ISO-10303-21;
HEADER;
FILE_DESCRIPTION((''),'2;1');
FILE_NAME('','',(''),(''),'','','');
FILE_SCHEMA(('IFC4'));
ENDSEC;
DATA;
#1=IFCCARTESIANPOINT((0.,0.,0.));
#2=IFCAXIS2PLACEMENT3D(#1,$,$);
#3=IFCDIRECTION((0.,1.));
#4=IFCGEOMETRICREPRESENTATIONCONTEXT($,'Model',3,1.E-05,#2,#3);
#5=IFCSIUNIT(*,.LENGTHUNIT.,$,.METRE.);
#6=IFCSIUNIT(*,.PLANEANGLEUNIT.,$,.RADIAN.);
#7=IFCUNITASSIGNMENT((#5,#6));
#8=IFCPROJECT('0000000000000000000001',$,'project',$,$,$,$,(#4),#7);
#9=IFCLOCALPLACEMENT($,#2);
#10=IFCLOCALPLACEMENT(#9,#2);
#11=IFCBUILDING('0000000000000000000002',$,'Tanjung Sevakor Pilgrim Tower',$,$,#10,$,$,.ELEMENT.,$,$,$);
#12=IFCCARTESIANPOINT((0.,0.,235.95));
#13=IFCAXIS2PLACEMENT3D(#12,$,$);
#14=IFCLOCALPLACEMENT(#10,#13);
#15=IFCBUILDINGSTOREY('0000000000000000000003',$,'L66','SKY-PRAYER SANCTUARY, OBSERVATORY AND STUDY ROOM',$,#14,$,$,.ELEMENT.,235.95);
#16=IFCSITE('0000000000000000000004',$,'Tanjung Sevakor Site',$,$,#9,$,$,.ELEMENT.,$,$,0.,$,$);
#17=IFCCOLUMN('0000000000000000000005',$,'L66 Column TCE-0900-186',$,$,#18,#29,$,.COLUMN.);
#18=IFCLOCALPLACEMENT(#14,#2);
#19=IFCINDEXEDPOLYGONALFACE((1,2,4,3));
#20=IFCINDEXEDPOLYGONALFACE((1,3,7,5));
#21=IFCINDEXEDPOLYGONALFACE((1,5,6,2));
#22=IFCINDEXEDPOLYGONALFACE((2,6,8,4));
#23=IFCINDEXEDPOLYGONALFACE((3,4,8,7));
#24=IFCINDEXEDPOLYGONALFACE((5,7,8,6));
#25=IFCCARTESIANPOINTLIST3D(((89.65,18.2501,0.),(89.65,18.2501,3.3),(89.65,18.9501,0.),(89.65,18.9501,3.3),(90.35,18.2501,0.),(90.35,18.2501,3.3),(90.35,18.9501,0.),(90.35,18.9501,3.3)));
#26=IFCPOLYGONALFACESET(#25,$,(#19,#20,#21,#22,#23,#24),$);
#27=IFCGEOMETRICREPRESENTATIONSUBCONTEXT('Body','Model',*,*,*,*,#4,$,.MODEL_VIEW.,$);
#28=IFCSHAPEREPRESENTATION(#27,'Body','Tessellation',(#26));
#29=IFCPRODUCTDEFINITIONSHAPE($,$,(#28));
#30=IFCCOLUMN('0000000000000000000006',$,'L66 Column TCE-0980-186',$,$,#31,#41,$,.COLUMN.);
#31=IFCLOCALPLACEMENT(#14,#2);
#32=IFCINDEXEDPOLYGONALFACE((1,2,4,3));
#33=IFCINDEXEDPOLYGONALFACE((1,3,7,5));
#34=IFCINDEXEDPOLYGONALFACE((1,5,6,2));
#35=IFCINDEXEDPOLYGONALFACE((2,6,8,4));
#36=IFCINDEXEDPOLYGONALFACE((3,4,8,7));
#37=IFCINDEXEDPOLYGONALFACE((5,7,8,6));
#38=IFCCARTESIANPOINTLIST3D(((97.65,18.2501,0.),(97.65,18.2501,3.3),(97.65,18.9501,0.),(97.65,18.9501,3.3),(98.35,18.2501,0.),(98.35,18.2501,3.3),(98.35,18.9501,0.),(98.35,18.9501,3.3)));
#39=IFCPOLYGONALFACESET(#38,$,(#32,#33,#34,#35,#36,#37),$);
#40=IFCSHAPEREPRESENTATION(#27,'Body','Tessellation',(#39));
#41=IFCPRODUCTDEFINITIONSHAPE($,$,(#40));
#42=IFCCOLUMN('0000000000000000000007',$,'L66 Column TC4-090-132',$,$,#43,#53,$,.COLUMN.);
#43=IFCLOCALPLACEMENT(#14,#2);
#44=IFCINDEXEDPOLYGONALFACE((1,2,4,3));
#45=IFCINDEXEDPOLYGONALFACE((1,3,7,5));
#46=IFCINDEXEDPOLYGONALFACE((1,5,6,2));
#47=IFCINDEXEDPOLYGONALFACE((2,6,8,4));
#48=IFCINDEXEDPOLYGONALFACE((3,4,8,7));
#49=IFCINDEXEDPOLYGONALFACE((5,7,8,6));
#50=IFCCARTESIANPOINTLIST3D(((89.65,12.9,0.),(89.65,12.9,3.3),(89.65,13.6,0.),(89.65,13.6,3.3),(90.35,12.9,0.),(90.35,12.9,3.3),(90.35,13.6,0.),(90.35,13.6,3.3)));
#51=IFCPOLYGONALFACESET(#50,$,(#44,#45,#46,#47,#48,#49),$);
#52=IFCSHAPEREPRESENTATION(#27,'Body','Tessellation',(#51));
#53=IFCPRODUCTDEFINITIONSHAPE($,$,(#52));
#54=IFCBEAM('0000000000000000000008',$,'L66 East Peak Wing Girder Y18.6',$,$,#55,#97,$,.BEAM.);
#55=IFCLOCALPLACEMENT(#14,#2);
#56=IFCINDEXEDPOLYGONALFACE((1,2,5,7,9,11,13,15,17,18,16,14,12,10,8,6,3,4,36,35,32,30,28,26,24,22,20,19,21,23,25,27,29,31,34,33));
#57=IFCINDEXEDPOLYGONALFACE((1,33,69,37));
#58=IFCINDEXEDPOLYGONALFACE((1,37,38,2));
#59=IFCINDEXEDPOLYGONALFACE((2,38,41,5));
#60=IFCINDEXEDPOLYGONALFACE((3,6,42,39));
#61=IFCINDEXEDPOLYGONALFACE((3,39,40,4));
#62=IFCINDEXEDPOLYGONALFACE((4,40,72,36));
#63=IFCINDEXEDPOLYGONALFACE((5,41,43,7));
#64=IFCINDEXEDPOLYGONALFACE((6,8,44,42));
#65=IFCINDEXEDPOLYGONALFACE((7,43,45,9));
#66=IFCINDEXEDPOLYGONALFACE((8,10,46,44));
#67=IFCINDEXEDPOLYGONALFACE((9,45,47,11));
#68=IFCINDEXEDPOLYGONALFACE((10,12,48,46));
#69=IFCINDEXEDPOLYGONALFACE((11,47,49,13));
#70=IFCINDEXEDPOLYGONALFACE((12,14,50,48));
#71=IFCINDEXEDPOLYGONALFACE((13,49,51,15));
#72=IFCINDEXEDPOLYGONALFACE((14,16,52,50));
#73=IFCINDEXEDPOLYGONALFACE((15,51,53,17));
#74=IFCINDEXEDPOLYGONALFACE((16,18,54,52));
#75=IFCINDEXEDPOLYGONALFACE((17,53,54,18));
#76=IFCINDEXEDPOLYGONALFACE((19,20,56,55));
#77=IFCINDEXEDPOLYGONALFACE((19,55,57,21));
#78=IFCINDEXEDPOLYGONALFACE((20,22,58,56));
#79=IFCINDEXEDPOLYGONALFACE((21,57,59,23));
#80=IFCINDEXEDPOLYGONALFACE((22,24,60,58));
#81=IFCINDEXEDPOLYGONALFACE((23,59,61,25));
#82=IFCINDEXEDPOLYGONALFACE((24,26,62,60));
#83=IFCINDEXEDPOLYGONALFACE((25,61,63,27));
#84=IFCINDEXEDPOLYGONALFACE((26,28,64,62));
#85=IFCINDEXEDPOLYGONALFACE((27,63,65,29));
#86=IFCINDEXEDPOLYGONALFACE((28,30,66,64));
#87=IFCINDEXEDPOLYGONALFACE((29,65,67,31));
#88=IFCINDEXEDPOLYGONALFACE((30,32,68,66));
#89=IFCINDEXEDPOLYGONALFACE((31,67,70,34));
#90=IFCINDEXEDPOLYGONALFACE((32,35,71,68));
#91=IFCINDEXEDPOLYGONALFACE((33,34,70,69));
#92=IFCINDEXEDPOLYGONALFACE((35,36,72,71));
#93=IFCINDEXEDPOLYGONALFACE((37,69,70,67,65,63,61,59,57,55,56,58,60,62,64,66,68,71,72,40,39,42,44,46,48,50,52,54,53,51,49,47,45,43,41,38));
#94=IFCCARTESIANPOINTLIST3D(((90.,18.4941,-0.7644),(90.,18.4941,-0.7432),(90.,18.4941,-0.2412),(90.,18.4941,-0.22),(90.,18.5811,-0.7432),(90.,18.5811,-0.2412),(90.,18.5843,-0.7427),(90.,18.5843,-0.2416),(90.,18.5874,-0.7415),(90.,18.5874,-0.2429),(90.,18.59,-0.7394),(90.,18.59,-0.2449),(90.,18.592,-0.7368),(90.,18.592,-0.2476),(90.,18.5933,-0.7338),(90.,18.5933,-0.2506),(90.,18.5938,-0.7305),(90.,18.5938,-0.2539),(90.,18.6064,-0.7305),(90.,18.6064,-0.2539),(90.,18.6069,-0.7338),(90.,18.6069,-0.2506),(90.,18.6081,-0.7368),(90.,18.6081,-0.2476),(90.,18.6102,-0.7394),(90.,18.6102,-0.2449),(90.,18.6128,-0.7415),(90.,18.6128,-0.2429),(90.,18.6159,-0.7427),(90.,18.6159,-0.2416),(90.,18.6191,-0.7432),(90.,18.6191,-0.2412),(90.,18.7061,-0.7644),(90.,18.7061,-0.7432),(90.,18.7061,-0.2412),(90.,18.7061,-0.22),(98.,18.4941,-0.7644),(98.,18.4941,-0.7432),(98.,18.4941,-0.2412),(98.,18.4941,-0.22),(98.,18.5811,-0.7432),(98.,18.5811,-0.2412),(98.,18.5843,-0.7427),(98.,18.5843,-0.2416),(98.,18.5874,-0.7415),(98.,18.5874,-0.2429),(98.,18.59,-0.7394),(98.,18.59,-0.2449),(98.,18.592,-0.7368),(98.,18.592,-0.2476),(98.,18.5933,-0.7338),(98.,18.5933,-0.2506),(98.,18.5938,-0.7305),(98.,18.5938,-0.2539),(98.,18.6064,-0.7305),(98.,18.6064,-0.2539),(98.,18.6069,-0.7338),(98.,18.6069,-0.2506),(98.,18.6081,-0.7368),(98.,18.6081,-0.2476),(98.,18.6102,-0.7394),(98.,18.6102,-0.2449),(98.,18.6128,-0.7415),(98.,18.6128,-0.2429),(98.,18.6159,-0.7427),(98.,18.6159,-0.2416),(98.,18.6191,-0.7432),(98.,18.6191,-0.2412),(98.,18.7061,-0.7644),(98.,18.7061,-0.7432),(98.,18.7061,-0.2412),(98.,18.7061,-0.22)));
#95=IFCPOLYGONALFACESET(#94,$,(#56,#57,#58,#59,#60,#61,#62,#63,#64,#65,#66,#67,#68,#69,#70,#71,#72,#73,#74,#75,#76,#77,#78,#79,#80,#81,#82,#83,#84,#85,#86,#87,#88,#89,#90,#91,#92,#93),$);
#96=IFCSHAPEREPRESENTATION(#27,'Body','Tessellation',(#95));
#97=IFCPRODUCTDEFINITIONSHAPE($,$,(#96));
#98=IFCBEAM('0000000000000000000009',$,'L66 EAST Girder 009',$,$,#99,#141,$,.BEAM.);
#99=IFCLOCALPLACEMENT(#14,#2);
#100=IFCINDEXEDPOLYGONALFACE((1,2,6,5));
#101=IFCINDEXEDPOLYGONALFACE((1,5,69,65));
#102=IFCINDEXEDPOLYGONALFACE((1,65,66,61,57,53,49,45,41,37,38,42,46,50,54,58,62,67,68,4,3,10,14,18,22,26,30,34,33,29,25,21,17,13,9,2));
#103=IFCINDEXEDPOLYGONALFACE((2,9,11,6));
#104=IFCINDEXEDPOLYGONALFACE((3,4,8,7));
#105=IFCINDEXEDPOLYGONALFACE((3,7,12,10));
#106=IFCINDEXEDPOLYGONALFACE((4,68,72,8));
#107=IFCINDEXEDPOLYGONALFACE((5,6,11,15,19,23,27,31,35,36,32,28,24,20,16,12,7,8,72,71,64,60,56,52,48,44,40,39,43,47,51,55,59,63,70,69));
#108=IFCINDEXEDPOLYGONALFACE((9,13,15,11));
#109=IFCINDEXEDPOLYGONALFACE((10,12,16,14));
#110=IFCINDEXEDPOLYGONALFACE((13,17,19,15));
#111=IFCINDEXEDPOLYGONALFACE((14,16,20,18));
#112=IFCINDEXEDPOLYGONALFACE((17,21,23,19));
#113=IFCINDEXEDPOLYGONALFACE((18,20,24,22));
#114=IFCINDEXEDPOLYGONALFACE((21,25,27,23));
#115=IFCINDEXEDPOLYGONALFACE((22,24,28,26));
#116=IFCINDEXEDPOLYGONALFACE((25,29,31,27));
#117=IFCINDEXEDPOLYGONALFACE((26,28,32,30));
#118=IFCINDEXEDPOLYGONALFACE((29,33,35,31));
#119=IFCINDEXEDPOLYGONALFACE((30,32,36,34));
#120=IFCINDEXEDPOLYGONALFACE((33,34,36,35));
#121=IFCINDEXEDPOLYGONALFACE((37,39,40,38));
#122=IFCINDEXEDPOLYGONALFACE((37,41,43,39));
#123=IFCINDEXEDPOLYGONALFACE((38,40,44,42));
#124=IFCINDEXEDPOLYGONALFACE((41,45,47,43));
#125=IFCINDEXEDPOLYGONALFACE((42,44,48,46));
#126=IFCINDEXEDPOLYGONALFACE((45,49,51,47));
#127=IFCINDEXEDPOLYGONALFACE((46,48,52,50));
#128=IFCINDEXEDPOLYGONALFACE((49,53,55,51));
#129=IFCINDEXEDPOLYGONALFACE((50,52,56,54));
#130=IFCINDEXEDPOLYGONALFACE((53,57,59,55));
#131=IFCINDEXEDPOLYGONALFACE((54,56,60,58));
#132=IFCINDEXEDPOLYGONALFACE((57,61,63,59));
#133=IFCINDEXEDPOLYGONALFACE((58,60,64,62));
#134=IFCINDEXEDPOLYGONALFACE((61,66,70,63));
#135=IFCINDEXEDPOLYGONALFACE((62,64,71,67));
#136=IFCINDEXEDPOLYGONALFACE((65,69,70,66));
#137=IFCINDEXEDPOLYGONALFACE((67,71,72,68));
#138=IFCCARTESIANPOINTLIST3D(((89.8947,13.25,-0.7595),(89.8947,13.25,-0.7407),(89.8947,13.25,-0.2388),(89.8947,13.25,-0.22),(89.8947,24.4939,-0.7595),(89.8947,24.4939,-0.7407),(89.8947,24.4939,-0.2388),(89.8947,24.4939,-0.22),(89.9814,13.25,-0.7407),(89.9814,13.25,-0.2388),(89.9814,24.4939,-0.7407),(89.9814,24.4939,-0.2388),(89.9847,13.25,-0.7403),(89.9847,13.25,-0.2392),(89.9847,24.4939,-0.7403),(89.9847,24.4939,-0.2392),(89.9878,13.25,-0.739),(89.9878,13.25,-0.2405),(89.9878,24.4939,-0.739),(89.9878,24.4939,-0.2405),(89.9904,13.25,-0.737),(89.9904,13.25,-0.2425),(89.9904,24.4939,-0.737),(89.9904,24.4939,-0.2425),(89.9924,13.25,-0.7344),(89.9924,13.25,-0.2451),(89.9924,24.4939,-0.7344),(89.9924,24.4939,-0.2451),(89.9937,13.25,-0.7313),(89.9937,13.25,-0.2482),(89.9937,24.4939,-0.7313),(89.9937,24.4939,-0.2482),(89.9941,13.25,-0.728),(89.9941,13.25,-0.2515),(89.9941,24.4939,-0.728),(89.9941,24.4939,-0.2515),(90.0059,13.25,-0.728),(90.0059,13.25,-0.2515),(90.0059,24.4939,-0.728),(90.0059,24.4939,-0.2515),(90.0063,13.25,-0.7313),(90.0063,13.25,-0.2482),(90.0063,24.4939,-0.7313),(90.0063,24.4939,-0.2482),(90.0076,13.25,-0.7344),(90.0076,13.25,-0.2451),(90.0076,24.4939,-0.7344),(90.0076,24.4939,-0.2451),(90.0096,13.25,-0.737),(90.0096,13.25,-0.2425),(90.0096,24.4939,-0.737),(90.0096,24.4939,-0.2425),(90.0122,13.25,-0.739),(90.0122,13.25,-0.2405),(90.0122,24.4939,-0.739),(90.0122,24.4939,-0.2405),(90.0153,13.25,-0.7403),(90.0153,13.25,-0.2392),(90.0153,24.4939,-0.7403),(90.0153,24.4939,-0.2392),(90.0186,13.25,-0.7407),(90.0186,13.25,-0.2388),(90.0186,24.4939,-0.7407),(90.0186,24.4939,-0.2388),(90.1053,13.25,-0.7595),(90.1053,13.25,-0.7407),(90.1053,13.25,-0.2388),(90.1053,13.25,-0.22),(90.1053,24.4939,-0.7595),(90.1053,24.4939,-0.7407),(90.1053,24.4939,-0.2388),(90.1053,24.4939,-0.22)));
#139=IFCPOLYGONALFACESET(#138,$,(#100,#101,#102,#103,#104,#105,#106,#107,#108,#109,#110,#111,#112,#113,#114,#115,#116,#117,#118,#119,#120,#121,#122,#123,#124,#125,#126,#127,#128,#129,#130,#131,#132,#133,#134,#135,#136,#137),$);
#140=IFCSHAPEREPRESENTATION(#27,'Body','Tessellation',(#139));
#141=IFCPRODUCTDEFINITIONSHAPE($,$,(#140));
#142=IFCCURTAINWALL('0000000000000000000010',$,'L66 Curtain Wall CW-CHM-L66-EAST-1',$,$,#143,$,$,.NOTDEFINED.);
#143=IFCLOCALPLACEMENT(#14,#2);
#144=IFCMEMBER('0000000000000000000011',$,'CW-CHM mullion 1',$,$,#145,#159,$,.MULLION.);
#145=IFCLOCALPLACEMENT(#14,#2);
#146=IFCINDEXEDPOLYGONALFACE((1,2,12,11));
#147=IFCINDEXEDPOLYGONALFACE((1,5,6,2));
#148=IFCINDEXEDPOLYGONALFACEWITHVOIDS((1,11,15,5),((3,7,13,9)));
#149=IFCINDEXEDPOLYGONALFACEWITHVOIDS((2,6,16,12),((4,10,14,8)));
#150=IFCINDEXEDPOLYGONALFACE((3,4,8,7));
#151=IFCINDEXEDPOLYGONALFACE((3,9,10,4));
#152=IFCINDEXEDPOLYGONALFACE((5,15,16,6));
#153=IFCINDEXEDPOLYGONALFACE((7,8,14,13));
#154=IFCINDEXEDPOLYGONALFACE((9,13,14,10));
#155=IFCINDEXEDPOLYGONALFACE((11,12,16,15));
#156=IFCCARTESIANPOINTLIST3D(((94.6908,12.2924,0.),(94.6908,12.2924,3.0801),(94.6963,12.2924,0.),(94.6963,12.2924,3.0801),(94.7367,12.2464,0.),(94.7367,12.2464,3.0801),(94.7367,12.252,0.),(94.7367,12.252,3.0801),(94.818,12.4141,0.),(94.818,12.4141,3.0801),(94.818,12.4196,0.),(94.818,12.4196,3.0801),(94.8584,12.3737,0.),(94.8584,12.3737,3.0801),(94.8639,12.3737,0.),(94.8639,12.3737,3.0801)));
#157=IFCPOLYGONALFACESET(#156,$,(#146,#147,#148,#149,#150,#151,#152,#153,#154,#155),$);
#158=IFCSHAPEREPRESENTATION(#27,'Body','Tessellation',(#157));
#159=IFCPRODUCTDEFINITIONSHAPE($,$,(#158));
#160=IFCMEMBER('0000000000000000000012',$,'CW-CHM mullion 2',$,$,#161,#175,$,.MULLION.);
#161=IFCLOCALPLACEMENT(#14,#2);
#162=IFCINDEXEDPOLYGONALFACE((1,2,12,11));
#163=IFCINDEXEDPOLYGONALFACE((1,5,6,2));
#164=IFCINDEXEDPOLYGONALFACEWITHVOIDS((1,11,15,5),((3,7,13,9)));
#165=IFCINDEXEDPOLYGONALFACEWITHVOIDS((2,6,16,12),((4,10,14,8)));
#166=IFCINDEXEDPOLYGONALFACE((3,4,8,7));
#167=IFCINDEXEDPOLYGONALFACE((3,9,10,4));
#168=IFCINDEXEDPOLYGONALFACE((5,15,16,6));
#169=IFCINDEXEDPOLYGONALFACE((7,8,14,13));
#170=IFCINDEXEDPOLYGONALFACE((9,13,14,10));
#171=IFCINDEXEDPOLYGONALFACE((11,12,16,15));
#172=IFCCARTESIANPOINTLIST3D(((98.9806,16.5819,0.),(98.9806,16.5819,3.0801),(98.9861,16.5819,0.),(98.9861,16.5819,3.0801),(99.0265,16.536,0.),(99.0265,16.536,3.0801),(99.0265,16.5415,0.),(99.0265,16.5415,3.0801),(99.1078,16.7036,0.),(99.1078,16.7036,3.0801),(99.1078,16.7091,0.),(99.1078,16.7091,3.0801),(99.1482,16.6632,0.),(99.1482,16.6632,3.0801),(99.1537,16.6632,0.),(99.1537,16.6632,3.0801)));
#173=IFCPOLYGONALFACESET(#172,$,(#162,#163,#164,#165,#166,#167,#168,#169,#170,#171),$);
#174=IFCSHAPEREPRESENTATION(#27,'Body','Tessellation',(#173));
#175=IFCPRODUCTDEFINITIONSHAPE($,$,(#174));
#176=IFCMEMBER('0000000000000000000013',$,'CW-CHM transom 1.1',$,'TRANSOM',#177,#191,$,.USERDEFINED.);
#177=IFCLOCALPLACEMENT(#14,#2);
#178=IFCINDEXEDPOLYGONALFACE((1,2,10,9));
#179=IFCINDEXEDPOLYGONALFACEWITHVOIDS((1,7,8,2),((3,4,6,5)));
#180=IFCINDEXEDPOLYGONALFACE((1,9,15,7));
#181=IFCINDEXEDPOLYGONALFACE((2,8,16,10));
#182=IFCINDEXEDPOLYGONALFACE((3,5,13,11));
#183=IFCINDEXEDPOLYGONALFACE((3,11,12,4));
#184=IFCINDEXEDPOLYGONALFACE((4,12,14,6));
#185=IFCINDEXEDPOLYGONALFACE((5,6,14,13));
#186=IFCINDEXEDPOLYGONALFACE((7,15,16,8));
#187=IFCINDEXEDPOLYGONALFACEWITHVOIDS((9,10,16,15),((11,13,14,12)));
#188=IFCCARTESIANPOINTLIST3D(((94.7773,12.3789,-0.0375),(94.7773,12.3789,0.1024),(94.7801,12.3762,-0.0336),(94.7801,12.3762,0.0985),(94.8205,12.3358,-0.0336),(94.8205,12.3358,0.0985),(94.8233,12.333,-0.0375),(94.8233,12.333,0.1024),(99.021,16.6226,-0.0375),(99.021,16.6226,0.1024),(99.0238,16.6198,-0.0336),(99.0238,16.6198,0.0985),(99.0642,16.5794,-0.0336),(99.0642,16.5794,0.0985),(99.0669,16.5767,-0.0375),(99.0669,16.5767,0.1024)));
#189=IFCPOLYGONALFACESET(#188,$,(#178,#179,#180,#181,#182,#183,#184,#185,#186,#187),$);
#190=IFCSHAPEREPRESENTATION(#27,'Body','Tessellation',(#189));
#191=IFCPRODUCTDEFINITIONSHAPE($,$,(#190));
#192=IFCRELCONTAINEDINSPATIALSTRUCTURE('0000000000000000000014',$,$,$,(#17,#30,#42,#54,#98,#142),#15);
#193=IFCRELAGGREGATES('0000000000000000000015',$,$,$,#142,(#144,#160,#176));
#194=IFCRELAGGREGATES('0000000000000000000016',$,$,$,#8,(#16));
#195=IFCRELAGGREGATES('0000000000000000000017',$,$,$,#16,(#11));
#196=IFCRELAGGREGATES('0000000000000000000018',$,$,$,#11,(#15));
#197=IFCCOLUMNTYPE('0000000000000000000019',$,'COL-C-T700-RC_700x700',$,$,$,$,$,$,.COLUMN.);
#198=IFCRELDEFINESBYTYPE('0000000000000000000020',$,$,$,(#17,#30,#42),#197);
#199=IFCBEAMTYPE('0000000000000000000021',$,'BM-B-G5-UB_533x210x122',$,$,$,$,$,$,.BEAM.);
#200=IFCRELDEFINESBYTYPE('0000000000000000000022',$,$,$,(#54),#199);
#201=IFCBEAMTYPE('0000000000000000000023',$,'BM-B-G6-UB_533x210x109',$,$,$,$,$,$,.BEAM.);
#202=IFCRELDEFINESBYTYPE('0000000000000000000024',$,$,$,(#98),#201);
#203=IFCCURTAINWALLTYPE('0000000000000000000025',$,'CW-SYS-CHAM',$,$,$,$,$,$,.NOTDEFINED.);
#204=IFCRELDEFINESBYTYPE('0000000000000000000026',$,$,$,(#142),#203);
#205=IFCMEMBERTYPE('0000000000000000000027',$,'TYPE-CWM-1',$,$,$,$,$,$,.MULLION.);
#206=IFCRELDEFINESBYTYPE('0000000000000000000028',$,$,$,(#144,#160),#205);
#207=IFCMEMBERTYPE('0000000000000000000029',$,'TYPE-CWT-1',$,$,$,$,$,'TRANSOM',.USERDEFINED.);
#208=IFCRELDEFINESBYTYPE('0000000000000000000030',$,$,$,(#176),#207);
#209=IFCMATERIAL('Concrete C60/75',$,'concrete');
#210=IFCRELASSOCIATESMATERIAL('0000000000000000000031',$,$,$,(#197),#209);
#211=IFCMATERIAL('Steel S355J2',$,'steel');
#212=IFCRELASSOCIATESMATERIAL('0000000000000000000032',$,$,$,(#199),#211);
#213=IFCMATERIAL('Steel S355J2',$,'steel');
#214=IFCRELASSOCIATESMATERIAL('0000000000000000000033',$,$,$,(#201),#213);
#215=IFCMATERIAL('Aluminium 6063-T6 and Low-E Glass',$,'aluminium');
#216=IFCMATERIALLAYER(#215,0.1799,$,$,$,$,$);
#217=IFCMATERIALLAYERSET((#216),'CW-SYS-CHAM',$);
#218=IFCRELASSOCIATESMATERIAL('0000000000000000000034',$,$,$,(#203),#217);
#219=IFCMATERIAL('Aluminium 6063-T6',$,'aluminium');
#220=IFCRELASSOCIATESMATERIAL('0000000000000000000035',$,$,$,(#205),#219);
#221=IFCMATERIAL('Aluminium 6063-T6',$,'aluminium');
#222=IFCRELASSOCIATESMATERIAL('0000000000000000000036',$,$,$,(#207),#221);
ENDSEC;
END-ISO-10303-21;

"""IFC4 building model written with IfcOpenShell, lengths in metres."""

from ifc_helpers import new_model, si_unit, direction, frame, origin, origin_2d, place, context, subcontext, project, spatial, rectangle, hollow_rectangle, i_section, extrude, material, layer, layer_set, material_profile, profile_set, type_object, element, aggregate, save


model = new_model("IFC4")

# Units and contexts
model_context = context("Model", 3, precision=1e-05, world=origin(), true_north=direction((0.0, 1.0)))
body_context = subcontext(model_context, "Body", "Model", "MODEL_VIEW")
ifc_project = project(units=[si_unit("LENGTHUNIT", "METRE"), si_unit("PLANEANGLEUNIT", "RADIAN")], contexts=[model_context])

# Site, building, storey
site_placement = place(None, origin())
site = spatial("IfcSite", under=ifc_project, at=site_placement, Name="Tanjung Sevakor Site", CompositionType="ELEMENT", RefElevation=0.0)
building_placement = place(site_placement, origin())
building = spatial("IfcBuilding", under=site, at=building_placement, Name="Tanjung Sevakor Pilgrim Tower", CompositionType="ELEMENT")
storey_placement = place(building_placement, frame((0.0, 0.0, 235.95)))
storey = spatial("IfcBuildingStorey", under=building, at=storey_placement, Name="L66", Description="SKY-PRAYER SANCTUARY, OBSERVATORY AND STUDY ROOM", CompositionType="ELEMENT", Elevation=235.95)

# Columns
ifc_material_1 = material(Name="Concrete C60/75", Category="concrete")
ifc_material_profile_1 = material_profile(ifc_material_1, rectangle(XDim=0.7, YDim=0.7, at=origin_2d()))
ifc_profile_set_1 = profile_set([ifc_material_profile_1], Name="Concrete C60/75")
column_type = type_object("IfcColumnType", Name="COL-C-T700-RC_700x700", PredefinedType="COLUMN", material=ifc_profile_set_1)
for number, where, z_axis, x_axis, name in (
    (1, (90.0, 18.6001, 0.0), (0.0, 0.0, 1.0), (1.0, 0.0, 0.0), "L66 Column TCE-0900-186"),
    (2, (98.0, 18.6001, 0.0), (0.0, 0.0, 1.0), (1.0, 0.0, 0.0), "L66 Column TCE-0980-186"),
    (3, (90.0, 13.25, 0.0), (0.0, 0.0, 1.0), (1.0, 0.0, 0.0), "L66 Column TC4-090-132"),
):
    element("IfcColumn", number, at=place(storey_placement, frame(where, z_axis=z_axis, x_axis=x_axis)), inside=storey, type_object=column_type, Name=name, PredefinedType="COLUMN", context=body_context, shape_type="SweptSolid", body=[
        extrude(rectangle(XDim=0.7, YDim=0.7, at=origin_2d()), origin(), (0.0, 0.0, 1.0), 3.3),
    ])

# Beams
ifc_material_2 = material(Name="Steel S355J2", Category="steel")
ifc_material_profile_2 = material_profile(ifc_material_2, i_section(OverallWidth=0.2119, OverallDepth=0.5444, WebThickness=0.0127, FlangeThickness=0.0212, FilletRadius=0.0127, at=origin_2d()))
ifc_profile_set_2 = profile_set([ifc_material_profile_2], Name="Steel S355J2")
beam_type_1 = type_object("IfcBeamType", Name="BM-B-G5-UB_533x210x122", PredefinedType="BEAM", material=ifc_profile_set_2)
beam_1_placement = place(storey_placement, frame((90.0, 18.6001, -0.4922), z_axis=(1.0, 0.0, 0.0), x_axis=(0.0, 1.0, 0.0)))
element("IfcBeam", 4, at=beam_1_placement, inside=storey, type_object=beam_type_1, Name="L66 East Peak Wing Girder Y18.6", PredefinedType="BEAM", context=body_context, shape_type="SweptSolid", body=[
    extrude(i_section(OverallWidth=0.2119, OverallDepth=0.5444, WebThickness=0.0127, FlangeThickness=0.0212, FilletRadius=0.0127, at=origin_2d()), origin(), (0.0, 0.0, 1.0), 8.0),
])
ifc_material_3 = material(Name="Steel S355J2", Category="steel")
ifc_material_profile_3 = material_profile(ifc_material_3, i_section(OverallWidth=0.2107, OverallDepth=0.5396, WebThickness=0.0117, FlangeThickness=0.0188, FilletRadius=0.0127, at=origin_2d()))
ifc_profile_set_3 = profile_set([ifc_material_profile_3], Name="Steel S355J2")
beam_type_2 = type_object("IfcBeamType", Name="BM-B-G6-UB_533x210x109", PredefinedType="BEAM", material=ifc_profile_set_3)
beam_2_placement = place(storey_placement, frame((90.0, 13.25, -0.4897), z_axis=(0.0, 1.0, 0.0), x_axis=(-1.0, 0.0, 0.0)))
element("IfcBeam", 5, at=beam_2_placement, inside=storey, type_object=beam_type_2, Name="L66 EAST Girder 009", PredefinedType="BEAM", context=body_context, shape_type="SweptSolid", body=[
    extrude(i_section(OverallWidth=0.2107, OverallDepth=0.5396, WebThickness=0.0117, FlangeThickness=0.0188, FilletRadius=0.0127, at=origin_2d()), origin(), (0.0, 0.0, 1.0), 11.2439),
])

# Curtain wall, members
ifc_material_4 = material(Name="Aluminium 6063-T6 and Low-E Glass", Category="aluminium")
ifc_layer_1 = layer(ifc_material_4, 0.1799)
ifc_layer_set_1 = layer_set([ifc_layer_1], Name="CW-SYS-CHAM")
curtain_wall_type = type_object("IfcCurtainWallType", Name="CW-SYS-CHAM", PredefinedType="NOTDEFINED", material=ifc_layer_set_1)
curtain_wall_placement = place(storey_placement, origin())
curtain_wall = element("IfcCurtainWall", 6, at=curtain_wall_placement, inside=storey, type_object=curtain_wall_type, Name="L66 Curtain Wall CW-CHM-L66-EAST-1", PredefinedType="NOTDEFINED")
ifc_material_5 = material(Name="Aluminium 6063-T6", Category="aluminium")
ifc_material_profile_4 = material_profile(ifc_material_5, hollow_rectangle(XDim=0.0649, YDim=0.1799, WallThickness=0.0039, at=origin_2d()))
ifc_profile_set_4 = profile_set([ifc_material_profile_4], Name="Aluminium 6063-T6")
member_type_1 = type_object("IfcMemberType", Name="TYPE-CWM-1", PredefinedType="MULLION", material=ifc_profile_set_4)
member_1_placement = place(storey_placement, frame((94.7773, 12.333, 0.0), z_axis=(0.0, 0.0, 1.0), x_axis=(-0.707107, 0.707107, 0.0)))
member_1 = element("IfcMember", 7, at=member_1_placement, type_object=member_type_1, Name="CW-CHM mullion 1", PredefinedType="MULLION", context=body_context, shape_type="SweptSolid", body=[
    extrude(hollow_rectangle(XDim=0.0649, YDim=0.1799, WallThickness=0.0039, at=origin_2d()), origin(), (0.0, 0.0, 1.0), 3.0801),
])
member_2_placement = place(storey_placement, frame((99.0671, 16.6226, 0.0), z_axis=(0.0, 0.0, 1.0), x_axis=(-0.707107, 0.707107, 0.0)))
member_2 = element("IfcMember", 8, at=member_2_placement, type_object=member_type_1, Name="CW-CHM mullion 2", PredefinedType="MULLION", context=body_context, shape_type="SweptSolid", body=[
    extrude(hollow_rectangle(XDim=0.0649, YDim=0.1799, WallThickness=0.0039, at=origin_2d()), origin(), (0.0, 0.0, 1.0), 3.0801),
])
ifc_material_6 = material(Name="Aluminium 6063-T6", Category="aluminium")
ifc_material_profile_5 = material_profile(ifc_material_6, hollow_rectangle(XDim=0.0649, YDim=0.1399, WallThickness=0.0039, at=origin_2d()))
ifc_profile_set_5 = profile_set([ifc_material_profile_5], Name="Aluminium 6063-T6")
member_type_2 = type_object("IfcMemberType", Name="TYPE-CWT-1", ElementType="TRANSOM", PredefinedType="USERDEFINED", material=ifc_profile_set_5)
member_3_placement = place(storey_placement, frame((94.8003, 12.356, 0.0325), z_axis=(0.707107, 0.707107, 0.0), x_axis=(-0.707107, 0.707107, 0.0)))
member_3 = element("IfcMember", 9, at=member_3_placement, type_object=member_type_2, Name="CW-CHM transom 1.1", ObjectType="TRANSOM", PredefinedType="USERDEFINED", context=body_context, shape_type="SweptSolid", body=[
    extrude(hollow_rectangle(XDim=0.0649, YDim=0.1399, WallThickness=0.0039, at=origin_2d()), origin(), (0.0, 0.0, 1.0), 6.0015),
])
aggregate(curtain_wall, [member_1, member_2, member_3])

save(model, "model.ifc")
